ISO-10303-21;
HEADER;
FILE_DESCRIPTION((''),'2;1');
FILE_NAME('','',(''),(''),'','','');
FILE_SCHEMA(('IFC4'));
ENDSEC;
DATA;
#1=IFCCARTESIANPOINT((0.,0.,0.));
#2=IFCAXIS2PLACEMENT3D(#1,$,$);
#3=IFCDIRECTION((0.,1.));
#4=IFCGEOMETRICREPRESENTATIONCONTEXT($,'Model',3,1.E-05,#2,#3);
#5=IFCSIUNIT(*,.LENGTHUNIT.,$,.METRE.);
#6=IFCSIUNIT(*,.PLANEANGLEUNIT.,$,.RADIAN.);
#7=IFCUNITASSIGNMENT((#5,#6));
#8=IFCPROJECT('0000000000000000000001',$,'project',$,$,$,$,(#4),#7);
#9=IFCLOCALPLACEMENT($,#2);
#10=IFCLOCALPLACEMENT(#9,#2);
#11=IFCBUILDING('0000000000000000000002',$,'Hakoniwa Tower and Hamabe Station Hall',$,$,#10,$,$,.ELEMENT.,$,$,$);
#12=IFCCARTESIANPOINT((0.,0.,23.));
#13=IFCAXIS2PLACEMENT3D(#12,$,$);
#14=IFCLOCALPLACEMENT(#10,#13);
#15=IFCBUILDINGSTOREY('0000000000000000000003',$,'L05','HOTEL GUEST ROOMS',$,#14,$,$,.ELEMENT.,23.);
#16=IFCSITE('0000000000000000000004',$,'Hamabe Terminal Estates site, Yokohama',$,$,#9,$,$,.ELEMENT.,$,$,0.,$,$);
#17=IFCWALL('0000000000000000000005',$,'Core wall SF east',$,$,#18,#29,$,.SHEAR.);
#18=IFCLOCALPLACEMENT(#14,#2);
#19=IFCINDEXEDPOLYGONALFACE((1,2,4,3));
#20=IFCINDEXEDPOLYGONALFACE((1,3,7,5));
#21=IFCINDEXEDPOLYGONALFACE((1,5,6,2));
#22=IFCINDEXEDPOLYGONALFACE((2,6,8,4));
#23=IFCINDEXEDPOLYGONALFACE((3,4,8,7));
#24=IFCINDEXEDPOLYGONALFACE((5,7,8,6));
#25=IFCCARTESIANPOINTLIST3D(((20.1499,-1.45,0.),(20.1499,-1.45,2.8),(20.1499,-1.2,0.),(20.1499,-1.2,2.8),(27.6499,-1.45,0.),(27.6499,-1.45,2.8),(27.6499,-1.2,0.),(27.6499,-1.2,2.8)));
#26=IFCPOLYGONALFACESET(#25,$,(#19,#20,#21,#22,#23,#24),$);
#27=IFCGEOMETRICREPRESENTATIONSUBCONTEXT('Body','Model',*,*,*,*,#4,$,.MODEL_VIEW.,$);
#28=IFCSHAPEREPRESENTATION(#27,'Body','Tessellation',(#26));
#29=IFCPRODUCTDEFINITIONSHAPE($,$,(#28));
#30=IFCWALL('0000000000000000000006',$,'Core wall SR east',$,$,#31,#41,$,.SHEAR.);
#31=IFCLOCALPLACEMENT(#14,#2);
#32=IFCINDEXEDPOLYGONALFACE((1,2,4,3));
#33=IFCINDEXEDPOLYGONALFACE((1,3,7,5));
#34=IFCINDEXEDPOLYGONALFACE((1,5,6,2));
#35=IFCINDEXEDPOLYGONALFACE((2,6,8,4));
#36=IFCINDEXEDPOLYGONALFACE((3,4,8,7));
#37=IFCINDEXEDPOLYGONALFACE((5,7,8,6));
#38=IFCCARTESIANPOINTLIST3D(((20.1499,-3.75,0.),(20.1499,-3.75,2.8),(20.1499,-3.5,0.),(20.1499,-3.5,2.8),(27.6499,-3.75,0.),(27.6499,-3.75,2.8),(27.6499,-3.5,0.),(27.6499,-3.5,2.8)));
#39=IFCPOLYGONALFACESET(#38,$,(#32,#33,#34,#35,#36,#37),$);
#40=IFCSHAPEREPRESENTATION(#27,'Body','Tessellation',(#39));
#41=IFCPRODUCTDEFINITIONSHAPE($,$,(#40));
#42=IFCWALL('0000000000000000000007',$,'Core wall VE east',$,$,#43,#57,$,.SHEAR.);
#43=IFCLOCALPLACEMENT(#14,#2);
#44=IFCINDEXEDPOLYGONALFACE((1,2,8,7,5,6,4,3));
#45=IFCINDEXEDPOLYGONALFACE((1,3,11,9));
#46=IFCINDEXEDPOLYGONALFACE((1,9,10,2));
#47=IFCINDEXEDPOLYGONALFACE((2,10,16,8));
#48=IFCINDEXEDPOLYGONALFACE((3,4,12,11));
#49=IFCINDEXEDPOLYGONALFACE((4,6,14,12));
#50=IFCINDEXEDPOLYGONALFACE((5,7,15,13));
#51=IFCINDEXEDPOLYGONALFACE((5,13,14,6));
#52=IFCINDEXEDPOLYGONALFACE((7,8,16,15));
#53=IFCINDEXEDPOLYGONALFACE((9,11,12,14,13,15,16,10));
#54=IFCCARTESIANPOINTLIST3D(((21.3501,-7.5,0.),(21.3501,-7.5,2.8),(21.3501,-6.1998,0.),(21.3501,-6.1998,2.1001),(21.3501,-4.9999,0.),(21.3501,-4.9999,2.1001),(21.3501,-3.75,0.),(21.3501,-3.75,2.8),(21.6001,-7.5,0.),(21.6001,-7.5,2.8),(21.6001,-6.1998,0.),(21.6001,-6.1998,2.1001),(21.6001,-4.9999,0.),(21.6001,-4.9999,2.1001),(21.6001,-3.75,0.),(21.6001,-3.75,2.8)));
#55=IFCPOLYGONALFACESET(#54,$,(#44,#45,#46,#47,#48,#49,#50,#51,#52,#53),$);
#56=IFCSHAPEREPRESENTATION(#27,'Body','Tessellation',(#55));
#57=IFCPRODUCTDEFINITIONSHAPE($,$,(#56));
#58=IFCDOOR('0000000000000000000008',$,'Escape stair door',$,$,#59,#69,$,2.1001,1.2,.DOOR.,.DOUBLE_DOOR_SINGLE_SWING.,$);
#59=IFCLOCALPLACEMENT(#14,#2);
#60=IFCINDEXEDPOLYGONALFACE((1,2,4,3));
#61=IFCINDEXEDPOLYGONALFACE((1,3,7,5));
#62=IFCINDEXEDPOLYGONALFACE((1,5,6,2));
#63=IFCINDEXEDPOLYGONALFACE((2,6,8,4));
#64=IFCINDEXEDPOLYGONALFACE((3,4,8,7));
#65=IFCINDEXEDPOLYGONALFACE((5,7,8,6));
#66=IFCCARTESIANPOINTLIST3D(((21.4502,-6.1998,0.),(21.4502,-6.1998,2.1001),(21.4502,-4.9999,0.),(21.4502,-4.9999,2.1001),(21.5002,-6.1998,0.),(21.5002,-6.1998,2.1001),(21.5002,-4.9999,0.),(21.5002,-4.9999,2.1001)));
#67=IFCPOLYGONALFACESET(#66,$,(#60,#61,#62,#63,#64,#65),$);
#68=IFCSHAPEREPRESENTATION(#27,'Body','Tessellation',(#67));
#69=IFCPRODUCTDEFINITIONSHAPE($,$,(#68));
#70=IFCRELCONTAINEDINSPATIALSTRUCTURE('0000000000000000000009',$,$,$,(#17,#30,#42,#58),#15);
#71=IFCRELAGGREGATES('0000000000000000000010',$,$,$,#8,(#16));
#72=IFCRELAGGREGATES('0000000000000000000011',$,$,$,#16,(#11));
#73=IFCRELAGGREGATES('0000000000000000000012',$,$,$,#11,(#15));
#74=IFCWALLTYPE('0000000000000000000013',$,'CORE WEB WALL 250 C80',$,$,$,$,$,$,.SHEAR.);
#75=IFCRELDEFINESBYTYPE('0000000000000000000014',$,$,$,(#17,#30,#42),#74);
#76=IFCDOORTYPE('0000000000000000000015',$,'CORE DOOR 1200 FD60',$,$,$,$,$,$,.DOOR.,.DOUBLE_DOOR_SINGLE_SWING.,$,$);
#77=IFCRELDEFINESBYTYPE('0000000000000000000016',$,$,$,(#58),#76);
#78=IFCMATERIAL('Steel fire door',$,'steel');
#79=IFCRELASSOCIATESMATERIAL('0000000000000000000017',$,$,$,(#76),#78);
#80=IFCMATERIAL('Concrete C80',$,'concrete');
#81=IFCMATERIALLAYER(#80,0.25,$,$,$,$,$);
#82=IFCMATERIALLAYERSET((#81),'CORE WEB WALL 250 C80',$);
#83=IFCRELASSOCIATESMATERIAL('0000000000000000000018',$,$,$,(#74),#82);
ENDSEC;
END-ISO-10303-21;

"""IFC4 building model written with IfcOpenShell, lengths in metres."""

from ifc_helpers import new_model, si_unit, direction, frame, frame_2d, origin, place, context, subcontext, project, spatial, rectangle, extrude, material, layer, layer_set, type_object, element, fill, save


model = new_model("IFC4")

# Units and contexts
model_context = context("Model", 3, precision=1e-05, world=origin(), true_north=direction((0.0, 1.0)))
body_context = subcontext(model_context, "Body", "Model", "MODEL_VIEW")
ifc_project = project(units=[si_unit("LENGTHUNIT", "METRE"), si_unit("PLANEANGLEUNIT", "RADIAN")], contexts=[model_context])

# Site, building, storey
site_placement = place(None, origin())
site = spatial("IfcSite", under=ifc_project, at=site_placement, Name="Hamabe Terminal Estates site, Yokohama", CompositionType="ELEMENT", RefElevation=0.0)
building_placement = place(site_placement, origin())
building = spatial("IfcBuilding", under=site, at=building_placement, Name="Hakoniwa Tower and Hamabe Station Hall", CompositionType="ELEMENT")
storey_placement = place(building_placement, frame((0.0, 0.0, 23.0)))
storey = spatial("IfcBuildingStorey", under=building, at=storey_placement, Name="L05", Description="HOTEL GUEST ROOMS", CompositionType="ELEMENT", Elevation=23.0)

# Shared definitions
ifc_material_1 = material(Name="Steel fire door", Category="steel")
door_type_1 = type_object("IfcDoorType", Name="CORE DOOR 1200 FD60", OperationType="DOUBLE_DOOR_SINGLE_SWING", PredefinedType="DOOR", material=ifc_material_1)

# Shared definitions
ifc_material_2 = material(Name="Concrete C80", Category="concrete")
ifc_layer_1 = layer(ifc_material_2, 0.25)
ifc_layer_set_1 = layer_set([ifc_layer_1], Name="CORE WEB WALL 250 C80")
wall_type_1 = type_object("IfcWallType", Name="CORE WEB WALL 250 C80", PredefinedType="SHEAR", material=ifc_layer_set_1)

# Walls
for number, where, z_axis, x_axis, name in (
    (1, (20.1499, -1.325, 0.0), (0.0, 0.0, 1.0), (1.0, 0.0, 0.0), "Core wall SF east"),
    (2, (20.1499, -3.625, 0.0), (0.0, 0.0, 1.0), (1.0, 0.0, 0.0), "Core wall SR east"),
):
    element("IfcWall", number, at=place(storey_placement, frame(where, z_axis=z_axis, x_axis=x_axis)), inside=storey, type_object=wall_type_1, Name=name, PredefinedType="SHEAR", context=body_context, shape_type="SweptSolid", body=[
        extrude(rectangle(XDim=7.5, YDim=0.25, at=frame_2d((3.75, 0.0))), origin(), (0.0, 0.0, 1.0), 2.8),
    ])

# Wall, opening, door
wall_1_placement = place(storey_placement, frame((21.4751, -7.5, 0.0), z_axis=(0.0, 0.0, 1.0), x_axis=(0.0, 1.0, 0.0)))
wall_1 = element("IfcWall", 3, at=wall_1_placement, inside=storey, type_object=wall_type_1, Name="Core wall VE east", PredefinedType="SHEAR", context=body_context, shape_type="SweptSolid", body=[
    extrude(rectangle(XDim=3.75, YDim=0.25, at=frame_2d((1.875, 0.0))), origin(), (0.0, 0.0, 1.0), 2.8),
])
opening_1_placement = place(wall_1_placement, frame((1.3, 0.0, 0.0)))
opening_1 = element("IfcOpeningElement", 4, at=opening_1_placement, cuts=wall_1, PredefinedType="OPENING", context=body_context, shape_type="SweptSolid", body=[
    extrude(rectangle(XDim=1.2, YDim=2.1001, at=frame_2d((0.6001, 1.05))), frame((0.0, 0.135, 0.0), z_axis=(0.0, -1.0, 0.0), x_axis=(1.0, 0.0, 0.0)), (0.0, 0.0, 1.0), 0.27),
])
door_1_placement = place(opening_1_placement, origin())
door_1 = element("IfcDoor", 5, at=door_1_placement, inside=storey, type_object=door_type_1, Name="Escape stair door", OperationType="DOUBLE_DOOR_SINGLE_SWING", OverallHeight=2.1001, OverallWidth=1.2, PredefinedType="DOOR", context=body_context, shape_type="SweptSolid", body=[
    extrude(rectangle(XDim=1.2, YDim=2.1001, at=frame_2d((0.6001, 1.05))), frame((0.0, 0.0249, 0.0), z_axis=(0.0, -1.0, 0.0), x_axis=(1.0, 0.0, 0.0)), (0.0, 0.0, 1.0), 0.05),
])
fill(opening_1, door_1)

save(model, "model.ifc")
